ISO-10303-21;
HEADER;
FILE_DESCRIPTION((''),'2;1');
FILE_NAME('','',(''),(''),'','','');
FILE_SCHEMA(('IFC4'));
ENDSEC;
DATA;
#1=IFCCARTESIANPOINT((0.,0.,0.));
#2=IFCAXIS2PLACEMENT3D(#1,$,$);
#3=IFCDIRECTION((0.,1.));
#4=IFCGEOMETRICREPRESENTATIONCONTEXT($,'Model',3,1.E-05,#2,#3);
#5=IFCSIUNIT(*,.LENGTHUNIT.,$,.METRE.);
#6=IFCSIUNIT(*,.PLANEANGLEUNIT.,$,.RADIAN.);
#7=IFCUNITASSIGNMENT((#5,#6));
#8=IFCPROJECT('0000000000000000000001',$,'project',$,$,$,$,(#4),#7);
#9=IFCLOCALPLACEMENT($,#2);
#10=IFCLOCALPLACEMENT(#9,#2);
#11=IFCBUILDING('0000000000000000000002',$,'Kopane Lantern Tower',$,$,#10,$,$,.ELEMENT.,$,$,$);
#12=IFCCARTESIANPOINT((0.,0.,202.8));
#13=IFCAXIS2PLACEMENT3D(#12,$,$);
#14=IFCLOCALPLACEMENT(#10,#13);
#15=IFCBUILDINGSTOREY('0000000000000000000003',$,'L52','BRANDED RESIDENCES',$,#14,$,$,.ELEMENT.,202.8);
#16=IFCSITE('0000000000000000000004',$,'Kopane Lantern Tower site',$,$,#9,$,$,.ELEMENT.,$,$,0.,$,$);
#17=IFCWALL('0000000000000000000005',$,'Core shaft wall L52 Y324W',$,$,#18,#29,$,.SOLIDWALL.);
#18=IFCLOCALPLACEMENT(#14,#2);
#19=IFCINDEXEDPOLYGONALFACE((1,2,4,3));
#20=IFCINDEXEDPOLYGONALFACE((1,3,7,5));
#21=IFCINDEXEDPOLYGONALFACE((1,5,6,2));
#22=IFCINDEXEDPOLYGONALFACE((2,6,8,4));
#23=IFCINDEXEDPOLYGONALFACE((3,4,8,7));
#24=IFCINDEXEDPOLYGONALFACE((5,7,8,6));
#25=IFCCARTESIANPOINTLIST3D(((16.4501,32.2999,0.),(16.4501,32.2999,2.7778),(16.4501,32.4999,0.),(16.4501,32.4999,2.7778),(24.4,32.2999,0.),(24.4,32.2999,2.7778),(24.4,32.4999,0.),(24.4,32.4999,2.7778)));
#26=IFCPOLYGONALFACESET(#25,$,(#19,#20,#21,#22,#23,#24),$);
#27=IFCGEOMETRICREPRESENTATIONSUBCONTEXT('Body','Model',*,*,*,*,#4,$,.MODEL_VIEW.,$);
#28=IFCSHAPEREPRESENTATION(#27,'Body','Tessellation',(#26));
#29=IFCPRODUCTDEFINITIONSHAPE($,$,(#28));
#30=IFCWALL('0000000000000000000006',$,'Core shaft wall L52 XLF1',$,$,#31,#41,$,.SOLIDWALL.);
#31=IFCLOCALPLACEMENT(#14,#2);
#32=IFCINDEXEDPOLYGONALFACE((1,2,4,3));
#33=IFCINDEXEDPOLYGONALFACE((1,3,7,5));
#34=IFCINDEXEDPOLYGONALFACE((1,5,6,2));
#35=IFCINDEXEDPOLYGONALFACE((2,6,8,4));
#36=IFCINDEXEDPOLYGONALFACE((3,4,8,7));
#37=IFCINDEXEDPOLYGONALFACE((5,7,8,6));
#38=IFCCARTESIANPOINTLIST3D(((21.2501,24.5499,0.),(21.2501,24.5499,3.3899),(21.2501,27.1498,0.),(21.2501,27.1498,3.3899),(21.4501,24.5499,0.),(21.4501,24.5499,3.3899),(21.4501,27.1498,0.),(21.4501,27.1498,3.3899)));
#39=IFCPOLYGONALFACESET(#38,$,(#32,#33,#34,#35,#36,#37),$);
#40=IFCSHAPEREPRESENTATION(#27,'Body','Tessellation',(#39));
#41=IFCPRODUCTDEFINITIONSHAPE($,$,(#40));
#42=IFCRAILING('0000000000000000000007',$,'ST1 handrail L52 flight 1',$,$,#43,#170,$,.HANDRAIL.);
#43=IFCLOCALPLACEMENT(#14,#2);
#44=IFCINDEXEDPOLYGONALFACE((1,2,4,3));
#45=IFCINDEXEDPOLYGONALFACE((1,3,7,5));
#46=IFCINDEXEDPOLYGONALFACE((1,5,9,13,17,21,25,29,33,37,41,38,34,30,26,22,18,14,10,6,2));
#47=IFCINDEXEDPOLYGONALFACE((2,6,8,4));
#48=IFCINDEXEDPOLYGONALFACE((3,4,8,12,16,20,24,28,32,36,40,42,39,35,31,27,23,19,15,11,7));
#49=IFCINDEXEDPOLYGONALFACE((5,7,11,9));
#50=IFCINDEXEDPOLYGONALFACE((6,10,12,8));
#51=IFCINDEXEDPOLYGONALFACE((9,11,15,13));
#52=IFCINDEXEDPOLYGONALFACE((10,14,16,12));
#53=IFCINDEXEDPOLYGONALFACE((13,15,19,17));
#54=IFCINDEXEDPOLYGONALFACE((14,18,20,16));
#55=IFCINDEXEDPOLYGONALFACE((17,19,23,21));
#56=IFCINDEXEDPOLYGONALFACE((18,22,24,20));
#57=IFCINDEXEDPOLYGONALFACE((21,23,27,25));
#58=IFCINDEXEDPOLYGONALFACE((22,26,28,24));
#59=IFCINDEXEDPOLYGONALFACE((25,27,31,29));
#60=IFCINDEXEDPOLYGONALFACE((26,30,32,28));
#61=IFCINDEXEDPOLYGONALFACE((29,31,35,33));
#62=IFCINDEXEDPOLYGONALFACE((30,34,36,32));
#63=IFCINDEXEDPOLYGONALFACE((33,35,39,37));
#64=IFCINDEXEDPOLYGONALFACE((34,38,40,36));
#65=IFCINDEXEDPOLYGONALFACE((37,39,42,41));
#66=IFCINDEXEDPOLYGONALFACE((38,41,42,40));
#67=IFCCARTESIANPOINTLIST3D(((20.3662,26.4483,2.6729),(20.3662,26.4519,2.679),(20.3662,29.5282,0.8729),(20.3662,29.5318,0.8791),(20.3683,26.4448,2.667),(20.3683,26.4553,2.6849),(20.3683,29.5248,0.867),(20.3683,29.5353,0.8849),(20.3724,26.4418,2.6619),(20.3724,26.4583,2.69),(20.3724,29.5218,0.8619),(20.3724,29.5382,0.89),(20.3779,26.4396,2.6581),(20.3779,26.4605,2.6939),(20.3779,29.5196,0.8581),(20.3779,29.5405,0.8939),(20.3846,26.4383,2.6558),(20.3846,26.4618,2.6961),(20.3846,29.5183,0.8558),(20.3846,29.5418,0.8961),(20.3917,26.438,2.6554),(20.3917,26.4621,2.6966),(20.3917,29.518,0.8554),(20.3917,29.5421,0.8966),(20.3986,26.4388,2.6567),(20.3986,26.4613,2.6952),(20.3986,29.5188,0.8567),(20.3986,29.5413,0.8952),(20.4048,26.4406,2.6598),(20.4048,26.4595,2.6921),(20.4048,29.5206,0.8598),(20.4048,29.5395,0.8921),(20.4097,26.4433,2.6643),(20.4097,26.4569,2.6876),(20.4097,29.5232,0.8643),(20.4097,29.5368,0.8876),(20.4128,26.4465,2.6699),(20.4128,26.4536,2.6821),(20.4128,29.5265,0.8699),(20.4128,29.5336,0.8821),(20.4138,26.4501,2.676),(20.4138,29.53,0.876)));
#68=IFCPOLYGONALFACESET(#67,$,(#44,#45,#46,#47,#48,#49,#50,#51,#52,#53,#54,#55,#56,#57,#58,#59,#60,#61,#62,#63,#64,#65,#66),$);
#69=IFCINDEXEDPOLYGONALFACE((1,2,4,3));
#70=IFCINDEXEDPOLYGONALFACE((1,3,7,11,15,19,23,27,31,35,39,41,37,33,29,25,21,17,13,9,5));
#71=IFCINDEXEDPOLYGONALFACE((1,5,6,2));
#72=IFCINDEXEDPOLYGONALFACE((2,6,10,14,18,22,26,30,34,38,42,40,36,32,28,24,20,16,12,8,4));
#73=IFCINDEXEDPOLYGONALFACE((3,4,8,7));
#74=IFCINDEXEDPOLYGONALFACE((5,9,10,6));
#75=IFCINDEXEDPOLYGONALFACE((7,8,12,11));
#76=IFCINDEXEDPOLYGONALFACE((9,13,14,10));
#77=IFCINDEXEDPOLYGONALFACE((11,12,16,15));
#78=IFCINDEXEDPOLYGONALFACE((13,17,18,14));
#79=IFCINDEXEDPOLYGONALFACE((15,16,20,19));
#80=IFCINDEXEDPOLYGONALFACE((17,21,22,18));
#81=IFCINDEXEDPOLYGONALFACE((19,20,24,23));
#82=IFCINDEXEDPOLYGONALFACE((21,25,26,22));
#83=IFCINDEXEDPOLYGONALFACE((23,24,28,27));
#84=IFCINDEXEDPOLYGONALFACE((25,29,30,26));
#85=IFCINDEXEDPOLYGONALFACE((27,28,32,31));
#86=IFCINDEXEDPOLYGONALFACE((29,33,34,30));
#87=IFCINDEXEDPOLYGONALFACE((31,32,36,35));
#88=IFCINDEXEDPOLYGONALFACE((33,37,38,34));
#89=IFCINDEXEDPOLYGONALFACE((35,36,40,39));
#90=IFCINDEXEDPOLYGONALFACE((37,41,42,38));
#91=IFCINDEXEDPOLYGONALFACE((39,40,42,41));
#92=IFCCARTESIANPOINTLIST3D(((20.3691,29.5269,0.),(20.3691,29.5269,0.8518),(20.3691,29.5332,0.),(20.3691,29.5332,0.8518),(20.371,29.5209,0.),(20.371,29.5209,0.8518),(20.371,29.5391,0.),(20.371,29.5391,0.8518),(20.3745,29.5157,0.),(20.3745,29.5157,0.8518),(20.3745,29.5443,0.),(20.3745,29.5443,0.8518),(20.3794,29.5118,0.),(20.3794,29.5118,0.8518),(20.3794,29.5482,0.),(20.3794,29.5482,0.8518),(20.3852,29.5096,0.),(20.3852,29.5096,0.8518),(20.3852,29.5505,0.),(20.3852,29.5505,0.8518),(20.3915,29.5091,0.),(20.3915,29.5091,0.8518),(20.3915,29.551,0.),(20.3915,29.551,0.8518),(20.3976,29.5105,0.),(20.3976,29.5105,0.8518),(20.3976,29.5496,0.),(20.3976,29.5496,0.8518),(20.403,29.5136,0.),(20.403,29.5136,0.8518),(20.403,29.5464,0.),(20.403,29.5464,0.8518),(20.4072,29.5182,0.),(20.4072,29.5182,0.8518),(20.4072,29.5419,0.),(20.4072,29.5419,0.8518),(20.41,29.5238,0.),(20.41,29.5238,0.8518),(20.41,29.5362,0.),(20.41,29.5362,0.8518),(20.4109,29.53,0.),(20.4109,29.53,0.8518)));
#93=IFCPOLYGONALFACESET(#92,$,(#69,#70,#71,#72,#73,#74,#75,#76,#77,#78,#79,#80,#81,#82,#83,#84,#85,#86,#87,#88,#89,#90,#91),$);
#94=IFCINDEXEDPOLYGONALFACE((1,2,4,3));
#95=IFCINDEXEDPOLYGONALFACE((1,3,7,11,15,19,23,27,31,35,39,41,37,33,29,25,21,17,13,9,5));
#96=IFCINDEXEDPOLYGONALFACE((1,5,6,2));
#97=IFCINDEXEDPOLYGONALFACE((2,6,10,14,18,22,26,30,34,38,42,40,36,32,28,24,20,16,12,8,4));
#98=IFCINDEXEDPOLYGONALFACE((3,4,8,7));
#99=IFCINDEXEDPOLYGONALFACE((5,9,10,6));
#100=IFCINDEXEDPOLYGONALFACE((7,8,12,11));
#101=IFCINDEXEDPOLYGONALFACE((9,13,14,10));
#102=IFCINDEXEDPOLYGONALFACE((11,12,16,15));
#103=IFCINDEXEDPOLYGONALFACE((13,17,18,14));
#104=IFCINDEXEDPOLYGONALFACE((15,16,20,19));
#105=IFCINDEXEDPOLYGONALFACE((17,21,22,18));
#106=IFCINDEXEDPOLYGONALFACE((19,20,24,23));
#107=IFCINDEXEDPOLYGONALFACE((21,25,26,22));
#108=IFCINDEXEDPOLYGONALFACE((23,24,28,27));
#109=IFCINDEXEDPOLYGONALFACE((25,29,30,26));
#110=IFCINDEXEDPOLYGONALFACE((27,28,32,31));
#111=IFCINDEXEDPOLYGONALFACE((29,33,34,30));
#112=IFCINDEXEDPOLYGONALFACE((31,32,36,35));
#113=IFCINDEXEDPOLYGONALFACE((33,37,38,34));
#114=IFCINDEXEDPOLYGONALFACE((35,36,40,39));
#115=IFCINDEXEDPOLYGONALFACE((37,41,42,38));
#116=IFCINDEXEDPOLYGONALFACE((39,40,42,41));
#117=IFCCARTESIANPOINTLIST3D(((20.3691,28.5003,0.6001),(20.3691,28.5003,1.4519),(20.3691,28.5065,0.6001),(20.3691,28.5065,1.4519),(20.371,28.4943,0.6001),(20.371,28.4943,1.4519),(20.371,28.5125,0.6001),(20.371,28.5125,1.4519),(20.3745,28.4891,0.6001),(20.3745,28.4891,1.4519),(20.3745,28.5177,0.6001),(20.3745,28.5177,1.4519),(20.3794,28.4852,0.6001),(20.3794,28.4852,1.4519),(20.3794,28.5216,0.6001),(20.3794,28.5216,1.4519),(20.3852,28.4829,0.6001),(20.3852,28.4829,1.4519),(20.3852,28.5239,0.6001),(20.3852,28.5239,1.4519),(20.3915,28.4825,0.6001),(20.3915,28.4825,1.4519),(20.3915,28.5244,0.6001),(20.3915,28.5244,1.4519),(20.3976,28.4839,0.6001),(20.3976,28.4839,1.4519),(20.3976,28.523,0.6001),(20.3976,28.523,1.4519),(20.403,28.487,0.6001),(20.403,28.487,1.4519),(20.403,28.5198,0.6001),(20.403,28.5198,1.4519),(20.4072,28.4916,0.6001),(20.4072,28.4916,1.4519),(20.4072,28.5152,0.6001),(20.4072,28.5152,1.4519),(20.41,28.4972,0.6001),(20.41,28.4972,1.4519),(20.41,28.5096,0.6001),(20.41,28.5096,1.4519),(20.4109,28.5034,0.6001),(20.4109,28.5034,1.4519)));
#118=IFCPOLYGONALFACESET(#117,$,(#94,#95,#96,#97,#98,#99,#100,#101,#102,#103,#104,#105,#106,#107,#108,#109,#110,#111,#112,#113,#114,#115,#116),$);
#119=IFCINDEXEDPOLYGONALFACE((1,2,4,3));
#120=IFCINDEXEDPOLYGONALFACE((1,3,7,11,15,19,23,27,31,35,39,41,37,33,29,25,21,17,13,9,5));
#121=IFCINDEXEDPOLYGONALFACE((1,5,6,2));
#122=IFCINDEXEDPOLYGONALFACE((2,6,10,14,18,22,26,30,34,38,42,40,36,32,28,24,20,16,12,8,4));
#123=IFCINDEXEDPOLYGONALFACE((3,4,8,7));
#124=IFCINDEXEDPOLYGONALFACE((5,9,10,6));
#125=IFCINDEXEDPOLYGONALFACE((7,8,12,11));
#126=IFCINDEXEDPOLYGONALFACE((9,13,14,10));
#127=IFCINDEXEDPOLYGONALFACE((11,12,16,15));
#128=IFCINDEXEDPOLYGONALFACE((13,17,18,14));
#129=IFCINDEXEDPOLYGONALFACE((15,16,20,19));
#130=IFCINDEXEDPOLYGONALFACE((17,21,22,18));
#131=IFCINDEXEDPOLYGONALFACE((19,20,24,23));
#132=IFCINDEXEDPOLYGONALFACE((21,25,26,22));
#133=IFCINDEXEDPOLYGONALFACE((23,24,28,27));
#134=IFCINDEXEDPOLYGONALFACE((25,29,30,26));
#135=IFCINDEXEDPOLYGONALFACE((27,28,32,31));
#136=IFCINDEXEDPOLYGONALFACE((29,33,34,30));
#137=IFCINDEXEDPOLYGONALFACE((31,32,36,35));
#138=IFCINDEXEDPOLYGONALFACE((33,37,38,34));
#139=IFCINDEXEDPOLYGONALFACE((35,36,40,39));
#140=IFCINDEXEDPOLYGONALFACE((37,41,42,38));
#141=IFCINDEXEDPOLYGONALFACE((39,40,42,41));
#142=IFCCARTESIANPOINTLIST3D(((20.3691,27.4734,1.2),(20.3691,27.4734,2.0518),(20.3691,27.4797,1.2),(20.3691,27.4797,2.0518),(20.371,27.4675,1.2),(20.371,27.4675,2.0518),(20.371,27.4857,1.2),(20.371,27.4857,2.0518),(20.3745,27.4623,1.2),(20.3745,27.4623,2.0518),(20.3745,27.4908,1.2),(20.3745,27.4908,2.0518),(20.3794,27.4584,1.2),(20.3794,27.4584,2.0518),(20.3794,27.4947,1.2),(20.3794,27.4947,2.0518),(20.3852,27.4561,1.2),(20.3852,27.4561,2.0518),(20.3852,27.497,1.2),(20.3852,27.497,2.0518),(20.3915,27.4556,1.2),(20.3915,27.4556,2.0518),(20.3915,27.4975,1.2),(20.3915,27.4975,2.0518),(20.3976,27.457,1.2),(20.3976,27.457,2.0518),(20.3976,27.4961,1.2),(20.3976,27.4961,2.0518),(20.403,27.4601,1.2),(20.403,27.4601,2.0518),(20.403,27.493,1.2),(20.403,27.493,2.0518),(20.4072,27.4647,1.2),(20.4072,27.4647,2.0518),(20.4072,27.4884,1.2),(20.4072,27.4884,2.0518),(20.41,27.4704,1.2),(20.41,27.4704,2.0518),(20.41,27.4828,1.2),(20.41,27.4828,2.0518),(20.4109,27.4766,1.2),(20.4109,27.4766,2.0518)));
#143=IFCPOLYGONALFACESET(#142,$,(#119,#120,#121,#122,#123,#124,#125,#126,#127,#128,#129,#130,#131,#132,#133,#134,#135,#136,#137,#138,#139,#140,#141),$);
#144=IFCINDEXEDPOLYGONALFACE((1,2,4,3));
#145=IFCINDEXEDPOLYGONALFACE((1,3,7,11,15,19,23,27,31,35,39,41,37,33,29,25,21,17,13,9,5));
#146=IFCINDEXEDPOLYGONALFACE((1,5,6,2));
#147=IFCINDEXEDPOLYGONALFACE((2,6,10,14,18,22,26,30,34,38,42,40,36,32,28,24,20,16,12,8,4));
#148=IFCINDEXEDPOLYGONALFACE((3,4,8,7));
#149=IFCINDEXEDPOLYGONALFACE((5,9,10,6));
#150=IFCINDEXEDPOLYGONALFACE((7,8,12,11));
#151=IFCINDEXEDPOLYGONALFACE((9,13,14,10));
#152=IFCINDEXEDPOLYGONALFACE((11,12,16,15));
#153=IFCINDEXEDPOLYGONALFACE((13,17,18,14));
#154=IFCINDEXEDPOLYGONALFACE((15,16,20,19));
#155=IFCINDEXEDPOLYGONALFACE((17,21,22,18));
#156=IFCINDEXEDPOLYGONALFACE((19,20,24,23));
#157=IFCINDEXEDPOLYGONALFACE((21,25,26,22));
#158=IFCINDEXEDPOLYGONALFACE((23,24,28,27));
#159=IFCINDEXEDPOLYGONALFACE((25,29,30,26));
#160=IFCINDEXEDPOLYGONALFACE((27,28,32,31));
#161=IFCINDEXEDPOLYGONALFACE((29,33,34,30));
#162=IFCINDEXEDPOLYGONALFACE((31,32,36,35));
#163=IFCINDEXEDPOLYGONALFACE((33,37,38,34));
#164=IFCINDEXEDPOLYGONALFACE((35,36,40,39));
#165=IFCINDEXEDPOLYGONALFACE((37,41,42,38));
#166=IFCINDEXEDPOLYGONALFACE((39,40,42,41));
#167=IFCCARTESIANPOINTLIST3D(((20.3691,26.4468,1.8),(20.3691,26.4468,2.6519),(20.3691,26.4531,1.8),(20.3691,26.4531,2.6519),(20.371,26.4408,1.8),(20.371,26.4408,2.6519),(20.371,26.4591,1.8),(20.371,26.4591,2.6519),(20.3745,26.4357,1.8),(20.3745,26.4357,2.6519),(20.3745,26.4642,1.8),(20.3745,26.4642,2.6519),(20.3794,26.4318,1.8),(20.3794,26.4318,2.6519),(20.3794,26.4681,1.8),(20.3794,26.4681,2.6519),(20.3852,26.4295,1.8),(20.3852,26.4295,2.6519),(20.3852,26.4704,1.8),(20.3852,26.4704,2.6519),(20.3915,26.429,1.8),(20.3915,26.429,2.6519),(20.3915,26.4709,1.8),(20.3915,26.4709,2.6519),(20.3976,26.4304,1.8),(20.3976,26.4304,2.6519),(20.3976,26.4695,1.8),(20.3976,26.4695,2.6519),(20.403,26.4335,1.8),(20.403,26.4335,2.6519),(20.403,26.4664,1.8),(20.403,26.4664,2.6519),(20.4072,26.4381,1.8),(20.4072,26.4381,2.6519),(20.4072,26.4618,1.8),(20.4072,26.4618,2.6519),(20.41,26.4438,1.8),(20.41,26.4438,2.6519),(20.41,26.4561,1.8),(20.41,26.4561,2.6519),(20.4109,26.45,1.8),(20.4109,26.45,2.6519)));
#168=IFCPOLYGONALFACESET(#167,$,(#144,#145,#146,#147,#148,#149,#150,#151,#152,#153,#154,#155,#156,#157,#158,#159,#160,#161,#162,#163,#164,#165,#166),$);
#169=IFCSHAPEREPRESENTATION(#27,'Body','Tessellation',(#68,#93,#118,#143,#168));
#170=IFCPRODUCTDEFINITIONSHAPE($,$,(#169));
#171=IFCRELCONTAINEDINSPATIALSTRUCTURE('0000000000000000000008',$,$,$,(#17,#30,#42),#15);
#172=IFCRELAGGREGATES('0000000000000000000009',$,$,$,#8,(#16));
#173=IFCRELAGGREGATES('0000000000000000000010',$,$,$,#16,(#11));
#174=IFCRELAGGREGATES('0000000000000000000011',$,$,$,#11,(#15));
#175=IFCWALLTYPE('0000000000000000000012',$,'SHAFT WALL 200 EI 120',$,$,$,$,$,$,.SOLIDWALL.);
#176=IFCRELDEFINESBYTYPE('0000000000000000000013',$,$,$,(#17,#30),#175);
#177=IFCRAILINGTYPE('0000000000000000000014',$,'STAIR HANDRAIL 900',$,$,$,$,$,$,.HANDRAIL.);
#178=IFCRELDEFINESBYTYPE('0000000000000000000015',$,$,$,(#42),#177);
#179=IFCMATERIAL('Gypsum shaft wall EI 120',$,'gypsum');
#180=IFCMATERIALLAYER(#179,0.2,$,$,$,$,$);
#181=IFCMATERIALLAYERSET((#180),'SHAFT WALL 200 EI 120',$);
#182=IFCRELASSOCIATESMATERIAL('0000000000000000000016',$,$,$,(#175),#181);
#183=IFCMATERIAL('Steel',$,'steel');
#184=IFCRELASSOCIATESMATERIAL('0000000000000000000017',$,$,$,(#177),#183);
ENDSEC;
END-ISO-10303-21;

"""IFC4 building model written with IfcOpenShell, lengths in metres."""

from ifc_helpers import new_model, si_unit, direction, frame, frame_2d, origin, origin_2d, place, context, subcontext, project, spatial, rectangle, circle, extrude, material, layer, layer_set, type_object, element, save


model = new_model("IFC4")

# Units and contexts
model_context = context("Model", 3, precision=1e-05, world=origin(), true_north=direction((0.0, 1.0)))
body_context = subcontext(model_context, "Body", "Model", "MODEL_VIEW")
ifc_project = project(units=[si_unit("LENGTHUNIT", "METRE"), si_unit("PLANEANGLEUNIT", "RADIAN")], contexts=[model_context])

# Site, building, storey
site_placement = place(None, origin())
site = spatial("IfcSite", under=ifc_project, at=site_placement, Name="Kopane Lantern Tower site", CompositionType="ELEMENT", RefElevation=0.0)
building_placement = place(site_placement, origin())
building = spatial("IfcBuilding", under=site, at=building_placement, Name="Kopane Lantern Tower", CompositionType="ELEMENT")
storey_placement = place(building_placement, frame((0.0, 0.0, 202.8)))
storey = spatial("IfcBuildingStorey", under=building, at=storey_placement, Name="L52", Description="BRANDED RESIDENCES", CompositionType="ELEMENT", Elevation=202.8)

# Walls
ifc_material_1 = material(Name="Gypsum shaft wall EI 120", Category="gypsum")
ifc_layer_1 = layer(ifc_material_1, 0.2)
ifc_layer_set_1 = layer_set([ifc_layer_1], Name="SHAFT WALL 200 EI 120")
wall_type_1 = type_object("IfcWallType", Name="SHAFT WALL 200 EI 120", PredefinedType="SOLIDWALL", material=ifc_layer_set_1)
wall_1_placement = place(storey_placement, frame((16.45, 32.3999, 0.0), z_axis=(0.0, 0.0, 1.0), x_axis=(1.0, 0.0, 0.0)))
element("IfcWall", 1, at=wall_1_placement, inside=storey, type_object=wall_type_1, Name="Core shaft wall L52 Y324W", PredefinedType="SOLIDWALL", context=body_context, shape_type="SweptSolid", body=[
    extrude(rectangle(XDim=7.95, YDim=0.2, at=frame_2d((3.9751, 0.0))), origin(), (0.0, 0.0, 1.0), 2.7778),
])
wall_2_placement = place(storey_placement, frame((21.3501, 24.55, 0.0), z_axis=(0.0, 0.0, 1.0), x_axis=(0.0, 1.0, 0.0)))
element("IfcWall", 2, at=wall_2_placement, inside=storey, type_object=wall_type_1, Name="Core shaft wall L52 XLF1", PredefinedType="SOLIDWALL", context=body_context, shape_type="SweptSolid", body=[
    extrude(rectangle(XDim=2.5999, YDim=0.2, at=frame_2d((1.2998, 0.0))), origin(), (0.0, 0.0, 1.0), 3.3899),
])

# Railing
ifc_material_2 = material(Name="Steel", Category="steel")
railing_type_1 = type_object("IfcRailingType", Name="STAIR HANDRAIL 900", PredefinedType="HANDRAIL", material=ifc_material_2)
for number, where, name in (
    (3, (20.3899, 29.53, 0.0), "ST1 handrail L52 flight 1"),
):
    element("IfcRailing", number, at=place(storey_placement, frame(where)), inside=storey, type_object=railing_type_1, Name=name, PredefinedType="HANDRAIL", context=body_context, shape_type="SweptSolid", body=[
        extrude(circle(Radius=0.0239, at=origin_2d()), frame((0.0, 0.0, 0.876), z_axis=(0.0, -0.863372, 0.504569), x_axis=(1.0, 0.0, 0.0)), (0.0, 0.0, 1.0), 3.5674),
        extrude(circle(Radius=0.021, at=origin_2d()), origin(), (0.0, 0.0, 1.0), 0.8518),
        extrude(circle(Radius=0.021, at=origin_2d()), frame((0.0, -1.0266, 0.6001)), (0.0, 0.0, 1.0), 0.8518),
        extrude(circle(Radius=0.021, at=origin_2d()), frame((0.0, -2.0535, 1.2)), (0.0, 0.0, 1.0), 0.8518),
        extrude(circle(Radius=0.021, at=origin_2d()), frame((0.0, -3.0801, 1.8)), (0.0, 0.0, 1.0), 0.8518),
    ])

save(model, "model.ifc")
